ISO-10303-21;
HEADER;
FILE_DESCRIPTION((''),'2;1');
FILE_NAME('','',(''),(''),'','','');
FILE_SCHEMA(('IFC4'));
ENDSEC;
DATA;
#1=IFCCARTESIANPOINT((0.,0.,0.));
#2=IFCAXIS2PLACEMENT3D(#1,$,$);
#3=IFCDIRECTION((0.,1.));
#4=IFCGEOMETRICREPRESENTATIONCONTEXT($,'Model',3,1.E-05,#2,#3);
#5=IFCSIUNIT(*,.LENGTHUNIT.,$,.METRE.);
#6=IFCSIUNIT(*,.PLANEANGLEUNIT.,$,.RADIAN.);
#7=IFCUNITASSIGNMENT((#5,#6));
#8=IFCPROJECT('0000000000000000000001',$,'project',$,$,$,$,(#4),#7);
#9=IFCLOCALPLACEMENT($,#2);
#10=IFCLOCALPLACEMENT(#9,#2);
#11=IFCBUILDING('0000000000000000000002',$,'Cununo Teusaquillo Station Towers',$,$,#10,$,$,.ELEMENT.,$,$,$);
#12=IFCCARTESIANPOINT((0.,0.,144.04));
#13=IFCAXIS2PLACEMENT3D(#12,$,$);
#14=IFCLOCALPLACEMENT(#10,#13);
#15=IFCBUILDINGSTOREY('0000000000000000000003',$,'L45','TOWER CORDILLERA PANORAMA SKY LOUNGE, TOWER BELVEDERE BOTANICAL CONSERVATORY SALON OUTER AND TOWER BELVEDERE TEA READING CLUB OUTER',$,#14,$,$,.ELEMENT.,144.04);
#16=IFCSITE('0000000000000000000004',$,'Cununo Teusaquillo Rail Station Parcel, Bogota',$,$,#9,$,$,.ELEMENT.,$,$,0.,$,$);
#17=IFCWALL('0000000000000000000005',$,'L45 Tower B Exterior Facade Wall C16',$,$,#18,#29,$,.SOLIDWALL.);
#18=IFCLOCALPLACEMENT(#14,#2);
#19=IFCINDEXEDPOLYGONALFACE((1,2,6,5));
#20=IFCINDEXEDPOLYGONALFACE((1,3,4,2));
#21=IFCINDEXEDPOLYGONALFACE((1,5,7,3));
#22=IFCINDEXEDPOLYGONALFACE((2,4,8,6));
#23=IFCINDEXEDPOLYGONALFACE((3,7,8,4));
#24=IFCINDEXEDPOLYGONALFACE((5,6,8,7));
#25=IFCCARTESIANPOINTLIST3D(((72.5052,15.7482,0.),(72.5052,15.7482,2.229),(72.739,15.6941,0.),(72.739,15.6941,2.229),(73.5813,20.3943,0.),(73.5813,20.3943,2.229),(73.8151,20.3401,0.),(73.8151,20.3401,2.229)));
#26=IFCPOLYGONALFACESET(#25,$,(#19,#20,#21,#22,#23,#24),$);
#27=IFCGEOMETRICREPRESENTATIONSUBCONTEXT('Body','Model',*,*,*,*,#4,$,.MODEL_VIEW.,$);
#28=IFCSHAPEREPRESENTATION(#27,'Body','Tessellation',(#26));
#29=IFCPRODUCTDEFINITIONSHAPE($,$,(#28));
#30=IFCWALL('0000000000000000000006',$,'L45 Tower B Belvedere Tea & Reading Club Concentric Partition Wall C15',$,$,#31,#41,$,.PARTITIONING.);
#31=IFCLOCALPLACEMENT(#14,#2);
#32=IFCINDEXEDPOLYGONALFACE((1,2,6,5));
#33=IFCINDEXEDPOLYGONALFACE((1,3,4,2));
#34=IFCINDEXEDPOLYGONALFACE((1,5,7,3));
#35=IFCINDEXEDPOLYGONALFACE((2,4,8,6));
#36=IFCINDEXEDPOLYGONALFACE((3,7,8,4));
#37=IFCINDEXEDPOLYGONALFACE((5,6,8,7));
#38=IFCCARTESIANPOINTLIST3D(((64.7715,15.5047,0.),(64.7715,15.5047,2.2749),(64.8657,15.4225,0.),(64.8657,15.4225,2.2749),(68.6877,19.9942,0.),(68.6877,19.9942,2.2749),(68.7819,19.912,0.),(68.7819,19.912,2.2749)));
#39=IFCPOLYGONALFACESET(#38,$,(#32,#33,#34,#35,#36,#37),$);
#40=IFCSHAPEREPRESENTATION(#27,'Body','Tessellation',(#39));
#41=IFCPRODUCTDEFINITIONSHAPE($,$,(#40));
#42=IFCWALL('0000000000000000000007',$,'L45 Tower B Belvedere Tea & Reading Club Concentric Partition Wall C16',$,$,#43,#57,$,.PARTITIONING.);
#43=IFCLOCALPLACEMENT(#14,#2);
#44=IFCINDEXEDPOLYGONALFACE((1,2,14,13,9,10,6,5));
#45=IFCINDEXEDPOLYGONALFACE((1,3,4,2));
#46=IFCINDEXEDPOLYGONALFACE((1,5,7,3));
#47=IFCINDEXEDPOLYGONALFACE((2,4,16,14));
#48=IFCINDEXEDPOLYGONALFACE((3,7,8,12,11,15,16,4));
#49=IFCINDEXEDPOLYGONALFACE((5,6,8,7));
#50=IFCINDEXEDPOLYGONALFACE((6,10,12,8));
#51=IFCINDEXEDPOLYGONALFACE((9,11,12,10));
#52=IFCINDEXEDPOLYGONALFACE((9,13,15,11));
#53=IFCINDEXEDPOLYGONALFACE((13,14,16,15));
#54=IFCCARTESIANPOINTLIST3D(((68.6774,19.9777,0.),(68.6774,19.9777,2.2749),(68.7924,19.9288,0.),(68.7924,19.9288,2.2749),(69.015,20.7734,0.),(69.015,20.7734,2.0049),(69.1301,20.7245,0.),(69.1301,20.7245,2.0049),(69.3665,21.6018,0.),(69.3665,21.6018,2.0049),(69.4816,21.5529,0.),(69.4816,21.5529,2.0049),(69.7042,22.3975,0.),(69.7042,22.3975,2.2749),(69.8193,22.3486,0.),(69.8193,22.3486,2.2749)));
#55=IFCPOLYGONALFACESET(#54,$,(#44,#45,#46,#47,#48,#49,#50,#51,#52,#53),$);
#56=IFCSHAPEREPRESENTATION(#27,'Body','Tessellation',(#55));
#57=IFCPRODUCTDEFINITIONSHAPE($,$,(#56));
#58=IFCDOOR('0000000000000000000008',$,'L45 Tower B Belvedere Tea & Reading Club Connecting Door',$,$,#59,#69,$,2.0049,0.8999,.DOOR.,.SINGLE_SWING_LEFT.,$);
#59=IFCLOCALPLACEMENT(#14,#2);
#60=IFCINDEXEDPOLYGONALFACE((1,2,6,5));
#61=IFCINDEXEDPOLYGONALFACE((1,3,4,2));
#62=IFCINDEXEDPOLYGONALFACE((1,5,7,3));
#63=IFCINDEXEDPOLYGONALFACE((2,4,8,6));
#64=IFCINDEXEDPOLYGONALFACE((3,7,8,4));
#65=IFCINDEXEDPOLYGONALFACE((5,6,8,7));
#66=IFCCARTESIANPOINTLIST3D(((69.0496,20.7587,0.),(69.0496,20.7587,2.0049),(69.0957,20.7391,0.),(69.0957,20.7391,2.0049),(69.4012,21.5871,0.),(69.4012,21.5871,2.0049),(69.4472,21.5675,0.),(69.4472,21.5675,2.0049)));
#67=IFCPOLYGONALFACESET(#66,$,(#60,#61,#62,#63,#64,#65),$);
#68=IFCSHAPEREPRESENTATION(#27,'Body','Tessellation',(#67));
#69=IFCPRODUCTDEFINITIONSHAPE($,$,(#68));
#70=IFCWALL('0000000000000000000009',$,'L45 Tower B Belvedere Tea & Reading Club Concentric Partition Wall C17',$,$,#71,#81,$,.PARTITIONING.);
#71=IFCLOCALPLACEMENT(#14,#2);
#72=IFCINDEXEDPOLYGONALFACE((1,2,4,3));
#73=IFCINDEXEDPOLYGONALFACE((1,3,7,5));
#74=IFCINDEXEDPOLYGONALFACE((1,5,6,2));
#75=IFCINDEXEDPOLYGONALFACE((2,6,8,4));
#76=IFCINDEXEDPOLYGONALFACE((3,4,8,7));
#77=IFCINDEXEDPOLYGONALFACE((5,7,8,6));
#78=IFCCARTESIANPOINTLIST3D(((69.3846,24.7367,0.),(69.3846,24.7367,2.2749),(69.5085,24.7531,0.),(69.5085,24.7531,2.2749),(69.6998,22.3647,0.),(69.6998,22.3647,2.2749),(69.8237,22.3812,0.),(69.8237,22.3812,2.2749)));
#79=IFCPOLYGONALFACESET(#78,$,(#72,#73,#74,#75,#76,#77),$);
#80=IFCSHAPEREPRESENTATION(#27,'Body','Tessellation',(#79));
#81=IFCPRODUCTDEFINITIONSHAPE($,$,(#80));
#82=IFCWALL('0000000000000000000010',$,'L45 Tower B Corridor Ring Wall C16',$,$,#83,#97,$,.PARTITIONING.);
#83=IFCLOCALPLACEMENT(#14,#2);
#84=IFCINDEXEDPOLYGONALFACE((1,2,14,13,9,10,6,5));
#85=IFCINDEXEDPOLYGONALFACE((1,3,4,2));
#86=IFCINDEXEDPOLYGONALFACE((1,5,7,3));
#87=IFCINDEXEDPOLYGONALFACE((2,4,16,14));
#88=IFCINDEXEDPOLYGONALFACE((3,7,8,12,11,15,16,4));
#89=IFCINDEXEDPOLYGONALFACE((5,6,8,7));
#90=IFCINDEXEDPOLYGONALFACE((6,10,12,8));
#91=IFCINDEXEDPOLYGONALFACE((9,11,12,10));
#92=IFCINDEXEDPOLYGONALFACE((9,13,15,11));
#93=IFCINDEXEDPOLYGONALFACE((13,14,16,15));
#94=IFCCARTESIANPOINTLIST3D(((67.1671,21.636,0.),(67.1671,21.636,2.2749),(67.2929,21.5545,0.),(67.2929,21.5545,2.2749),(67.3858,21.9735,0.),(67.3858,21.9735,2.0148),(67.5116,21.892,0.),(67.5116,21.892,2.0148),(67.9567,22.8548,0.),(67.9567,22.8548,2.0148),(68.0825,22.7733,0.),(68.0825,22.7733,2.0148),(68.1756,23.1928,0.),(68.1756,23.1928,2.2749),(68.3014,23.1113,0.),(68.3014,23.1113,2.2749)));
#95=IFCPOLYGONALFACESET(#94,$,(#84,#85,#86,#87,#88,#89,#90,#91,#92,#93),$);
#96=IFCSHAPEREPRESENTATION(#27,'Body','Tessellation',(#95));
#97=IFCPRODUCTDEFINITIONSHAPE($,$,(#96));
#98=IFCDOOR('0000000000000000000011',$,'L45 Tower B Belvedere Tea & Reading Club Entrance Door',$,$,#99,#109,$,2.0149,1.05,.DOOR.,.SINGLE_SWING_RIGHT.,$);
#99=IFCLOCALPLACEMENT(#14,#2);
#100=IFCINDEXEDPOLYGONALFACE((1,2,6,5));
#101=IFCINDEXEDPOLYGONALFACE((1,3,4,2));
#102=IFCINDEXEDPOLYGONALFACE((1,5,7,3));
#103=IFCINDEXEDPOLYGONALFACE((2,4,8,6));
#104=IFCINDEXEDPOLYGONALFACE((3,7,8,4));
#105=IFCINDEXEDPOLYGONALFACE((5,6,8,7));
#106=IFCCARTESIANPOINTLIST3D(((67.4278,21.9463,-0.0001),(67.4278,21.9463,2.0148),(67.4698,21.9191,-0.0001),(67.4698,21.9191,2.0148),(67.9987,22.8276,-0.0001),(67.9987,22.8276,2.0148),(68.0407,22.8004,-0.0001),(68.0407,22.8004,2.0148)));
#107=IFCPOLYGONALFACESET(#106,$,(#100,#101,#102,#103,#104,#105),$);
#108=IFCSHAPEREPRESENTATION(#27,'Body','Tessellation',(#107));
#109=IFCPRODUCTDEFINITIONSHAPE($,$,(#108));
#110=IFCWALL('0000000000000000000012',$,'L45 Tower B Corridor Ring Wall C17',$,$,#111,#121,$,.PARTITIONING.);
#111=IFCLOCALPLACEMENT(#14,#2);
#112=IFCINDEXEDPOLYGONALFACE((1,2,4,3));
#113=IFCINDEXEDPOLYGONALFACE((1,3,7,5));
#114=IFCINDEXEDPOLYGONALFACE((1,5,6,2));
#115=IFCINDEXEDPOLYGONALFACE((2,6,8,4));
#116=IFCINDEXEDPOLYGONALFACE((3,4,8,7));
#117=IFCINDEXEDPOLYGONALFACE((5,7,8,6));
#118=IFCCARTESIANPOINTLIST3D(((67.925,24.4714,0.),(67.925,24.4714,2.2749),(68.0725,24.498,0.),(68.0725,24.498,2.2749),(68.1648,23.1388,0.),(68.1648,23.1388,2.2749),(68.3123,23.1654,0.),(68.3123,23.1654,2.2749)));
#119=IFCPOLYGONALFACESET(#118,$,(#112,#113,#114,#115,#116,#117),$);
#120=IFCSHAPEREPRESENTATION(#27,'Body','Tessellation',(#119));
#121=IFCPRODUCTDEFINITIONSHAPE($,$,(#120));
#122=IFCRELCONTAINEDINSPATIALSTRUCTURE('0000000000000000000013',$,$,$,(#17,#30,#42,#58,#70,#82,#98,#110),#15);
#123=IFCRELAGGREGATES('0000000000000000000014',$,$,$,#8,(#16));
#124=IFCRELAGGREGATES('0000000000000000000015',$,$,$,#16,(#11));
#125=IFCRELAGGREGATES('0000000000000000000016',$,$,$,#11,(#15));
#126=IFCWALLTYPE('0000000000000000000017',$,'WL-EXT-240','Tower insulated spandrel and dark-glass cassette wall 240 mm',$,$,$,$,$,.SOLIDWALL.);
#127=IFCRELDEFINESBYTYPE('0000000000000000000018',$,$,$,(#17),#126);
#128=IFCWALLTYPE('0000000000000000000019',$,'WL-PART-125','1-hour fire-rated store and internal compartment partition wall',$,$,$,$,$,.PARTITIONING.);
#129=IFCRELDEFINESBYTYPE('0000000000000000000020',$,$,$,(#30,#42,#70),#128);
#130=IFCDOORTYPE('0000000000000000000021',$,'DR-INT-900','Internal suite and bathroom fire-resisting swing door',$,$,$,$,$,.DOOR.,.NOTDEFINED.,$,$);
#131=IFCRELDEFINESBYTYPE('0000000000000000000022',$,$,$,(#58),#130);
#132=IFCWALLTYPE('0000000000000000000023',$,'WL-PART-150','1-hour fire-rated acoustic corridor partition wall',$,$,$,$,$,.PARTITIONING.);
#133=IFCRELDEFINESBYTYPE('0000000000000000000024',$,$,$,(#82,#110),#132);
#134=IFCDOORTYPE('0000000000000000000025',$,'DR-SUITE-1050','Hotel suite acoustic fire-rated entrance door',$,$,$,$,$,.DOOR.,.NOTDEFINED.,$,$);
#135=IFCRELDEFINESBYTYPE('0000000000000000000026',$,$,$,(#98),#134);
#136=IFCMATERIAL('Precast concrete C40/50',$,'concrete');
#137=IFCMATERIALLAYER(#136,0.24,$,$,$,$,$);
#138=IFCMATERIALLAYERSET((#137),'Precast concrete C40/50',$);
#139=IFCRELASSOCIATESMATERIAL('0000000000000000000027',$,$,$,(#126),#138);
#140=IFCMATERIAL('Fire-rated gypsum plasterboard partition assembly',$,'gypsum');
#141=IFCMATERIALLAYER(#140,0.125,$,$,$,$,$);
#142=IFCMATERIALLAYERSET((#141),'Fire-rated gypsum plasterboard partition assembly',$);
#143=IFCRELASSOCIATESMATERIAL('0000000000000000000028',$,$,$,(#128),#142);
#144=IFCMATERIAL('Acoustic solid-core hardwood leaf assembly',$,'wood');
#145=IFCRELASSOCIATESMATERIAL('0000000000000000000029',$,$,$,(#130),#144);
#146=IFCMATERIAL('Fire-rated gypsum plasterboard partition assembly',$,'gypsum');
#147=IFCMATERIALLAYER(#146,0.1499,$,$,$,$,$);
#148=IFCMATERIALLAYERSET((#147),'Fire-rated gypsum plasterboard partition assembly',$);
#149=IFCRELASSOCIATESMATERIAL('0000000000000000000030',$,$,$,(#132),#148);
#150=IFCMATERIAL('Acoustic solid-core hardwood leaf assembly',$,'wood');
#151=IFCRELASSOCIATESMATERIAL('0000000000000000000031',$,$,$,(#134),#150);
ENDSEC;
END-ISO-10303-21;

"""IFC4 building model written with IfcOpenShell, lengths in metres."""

from ifc_helpers import new_model, si_unit, direction, frame, frame_2d, origin, place, context, subcontext, project, spatial, rectangle, extrude, source, transform, mapped, material, layer, layer_set, type_object, element, fill, save


model = new_model("IFC4")

# Units and contexts
model_context = context("Model", 3, precision=1e-05, world=origin(), true_north=direction((0.0, 1.0)))
body_context = subcontext(model_context, "Body", "Model", "MODEL_VIEW")
ifc_project = project(units=[si_unit("LENGTHUNIT", "METRE"), si_unit("PLANEANGLEUNIT", "RADIAN")], contexts=[model_context])

# Site, building, storey
site_placement = place(None, origin())
site = spatial("IfcSite", under=ifc_project, at=site_placement, Name="Cununo Teusaquillo Rail Station Parcel, Bogota", CompositionType="ELEMENT", RefElevation=0.0)
building_placement = place(site_placement, origin())
building = spatial("IfcBuilding", under=site, at=building_placement, Name="Cununo Teusaquillo Station Towers", CompositionType="ELEMENT")
storey_placement = place(building_placement, frame((0.0, 0.0, 144.04)))
storey = spatial("IfcBuildingStorey", under=building, at=storey_placement, Name="L45", Description="TOWER CORDILLERA PANORAMA SKY LOUNGE, TOWER BELVEDERE BOTANICAL CONSERVATORY SALON OUTER AND TOWER BELVEDERE TEA READING CLUB OUTER", CompositionType="ELEMENT", Elevation=144.04)

# Shared definitions
ifc_material_1 = material(Name="Precast concrete C40/50", Category="concrete")
ifc_layer_1 = layer(ifc_material_1, 0.24)
ifc_layer_set_1 = layer_set([ifc_layer_1], Name="Precast concrete C40/50")
wall_type_1 = type_object("IfcWallType", Name="WL-EXT-240", Description="Tower insulated spandrel and dark-glass cassette wall 240 mm", PredefinedType="SOLIDWALL", material=ifc_layer_set_1)

# Walls
wall_1_placement = place(storey_placement, frame((73.6982, 20.3672, 0.0), z_axis=(0.0, 0.0, 1.0), x_axis=(-0.22566, -0.974206, 0.0)))
element("IfcWall", 1, at=wall_1_placement, inside=storey, type_object=wall_type_1, Name="L45 Tower B Exterior Facade Wall C16", PredefinedType="SOLIDWALL", context=body_context, shape_type="SweptSolid", body=[
    extrude(rectangle(XDim=4.769, YDim=0.24, at=frame_2d((2.3845, 0.0))), origin(), (0.0, 0.0, 1.0), 2.229),
])
ifc_material_2 = material(Name="Fire-rated gypsum plasterboard partition assembly", Category="gypsum")
ifc_layer_2 = layer(ifc_material_2, 0.125)
ifc_layer_set_2 = layer_set([ifc_layer_2], Name="Fire-rated gypsum plasterboard partition assembly")
wall_type_2 = type_object("IfcWallType", Name="WL-PART-125", Description="1-hour fire-rated store and internal compartment partition wall", PredefinedType="PARTITIONING", material=ifc_layer_set_2)
wall_2_placement = place(storey_placement, frame((64.8186, 15.4636, 0.0), z_axis=(0.0, 0.0, 1.0), x_axis=(0.657358, 0.753579, 0.0)))
element("IfcWall", 2, at=wall_2_placement, inside=storey, type_object=wall_type_2, Name="L45 Tower B Belvedere Tea & Reading Club Concentric Partition Wall C15", PredefinedType="PARTITIONING", context=body_context, shape_type="SweptSolid", body=[
    extrude(rectangle(XDim=5.9575, YDim=0.125, at=frame_2d((2.9788, 0.0))), origin(), (0.0, 0.0, 1.0), 2.2749),
])

# Wall, opening, door
wall_3_placement = place(storey_placement, frame((68.7349, 19.9531, 0.0), z_axis=(0.0, 0.0, 1.0), x_axis=(0.390621, 0.920551, 0.0)))
wall_3 = element("IfcWall", 3, at=wall_3_placement, inside=storey, type_object=wall_type_2, Name="L45 Tower B Belvedere Tea & Reading Club Concentric Partition Wall C16", PredefinedType="PARTITIONING", context=body_context, shape_type="SweptSolid", body=[
    extrude(rectangle(XDim=2.6287, YDim=0.125, at=frame_2d((1.3145, 0.0))), origin(), (0.0, 0.0, 1.0), 2.2749),
])
shared_shape_1 = source(origin(), body_context, "Body", "SweptSolid", [
    extrude(rectangle(XDim=0.8999, YDim=2.0049, at=frame_2d((0.45, 1.0024))), frame((0.0, 0.0725, 0.0), z_axis=(0.0, -1.0, 0.0), x_axis=(1.0, 0.0, 0.0)), (0.0, 0.0, 1.0), 0.145),
])
opening_1_placement = place(wall_3_placement, frame((0.8645, 0.0, 0.0)))
opening_1 = element("IfcOpeningElement", 4, at=opening_1_placement, cuts=wall_3, PredefinedType="OPENING", context=body_context, shape_type="MappedRepresentation", body=[
    mapped(shared_shape_1, transform((0.0, 0.0, 0.0), x_axis=(1.0, 0.0, 0.0), y_axis=(0.0, 1.0, 0.0), z_axis=(0.0, 0.0, 1.0), scale=1.0)),
])
ifc_material_3 = material(Name="Acoustic solid-core hardwood leaf assembly", Category="wood")
door_type_1 = type_object("IfcDoorType", Name="DR-INT-900", Description="Internal suite and bathroom fire-resisting swing door", OperationType="NOTDEFINED", PredefinedType="DOOR", material=ifc_material_3)
shared_shape_2 = source(origin(), body_context, "Body", "SweptSolid", [
    extrude(rectangle(XDim=0.8999, YDim=2.0049, at=frame_2d((0.45, 1.0024))), frame((0.0, 0.0249, 0.0), z_axis=(0.0, -1.0, 0.0), x_axis=(1.0, 0.0, 0.0)), (0.0, 0.0, 1.0), 0.05),
])
door_1_placement = place(opening_1_placement, origin())
door_1 = element("IfcDoor", 5, at=door_1_placement, inside=storey, type_object=door_type_1, Name="L45 Tower B Belvedere Tea & Reading Club Connecting Door", OperationType="SINGLE_SWING_LEFT", OverallHeight=2.0049, OverallWidth=0.8999, PredefinedType="DOOR", context=body_context, shape_type="MappedRepresentation", body=[
    mapped(shared_shape_2, transform((0.0, 0.0, 0.0), x_axis=(1.0, 0.0, 0.0), y_axis=(0.0, 1.0, 0.0), z_axis=(0.0, 0.0, 1.0), scale=1.0)),
])
fill(opening_1, door_1)

# Wall
wall_4_placement = place(storey_placement, frame((69.7617, 22.373, 0.0), z_axis=(0.0, 0.0, 1.0), x_axis=(-0.131716, 0.991288, 0.0)))
element("IfcWall", 6, at=wall_4_placement, inside=storey, type_object=wall_type_2, Name="L45 Tower B Belvedere Tea & Reading Club Concentric Partition Wall C17", PredefinedType="PARTITIONING", context=body_context, shape_type="SweptSolid", body=[
    extrude(rectangle(XDim=2.3928, YDim=0.125, at=frame_2d((1.1963, 0.0))), origin(), (0.0, 0.0, 1.0), 2.2749),
])

# Wall, opening, door
ifc_material_4 = material(Name="Fire-rated gypsum plasterboard partition assembly", Category="gypsum")
ifc_layer_3 = layer(ifc_material_4, 0.1499)
ifc_layer_set_3 = layer_set([ifc_layer_3], Name="Fire-rated gypsum plasterboard partition assembly")
wall_type_3 = type_object("IfcWallType", Name="WL-PART-150", Description="1-hour fire-rated acoustic corridor partition wall", PredefinedType="PARTITIONING", material=ifc_layer_set_3)
wall_5_placement = place(storey_placement, frame((67.23, 21.5952, 0.0), z_axis=(0.0, 0.0, 1.0), x_axis=(0.543688, 0.839288, 0.0)))
wall_5 = element("IfcWall", 7, at=wall_5_placement, inside=storey, type_object=wall_type_3, Name="L45 Tower B Corridor Ring Wall C16", PredefinedType="PARTITIONING", context=body_context, shape_type="SweptSolid", body=[
    extrude(rectangle(XDim=1.855, YDim=0.1499, at=frame_2d((0.9275, 0.0))), origin(), (0.0, 0.0, 1.0), 2.2749),
])
shared_shape_3 = source(origin(), body_context, "Body", "SweptSolid", [
    extrude(rectangle(XDim=1.05, YDim=2.0149, at=frame_2d((0.5249, 1.0073))), frame((0.0, 0.085, 0.0), z_axis=(0.0, -1.0, 0.0), x_axis=(1.0, 0.0, 0.0)), (0.0, 0.0, 1.0), 0.1699),
])
opening_2_placement = place(wall_5_placement, frame((0.4023, 0.0, 0.0)))
opening_2 = element("IfcOpeningElement", 8, at=opening_2_placement, cuts=wall_5, PredefinedType="OPENING", context=body_context, shape_type="MappedRepresentation", body=[
    mapped(shared_shape_3, transform((0.0, 0.0, 0.0), x_axis=(1.0, 0.0, 0.0), y_axis=(0.0, 1.0, 0.0), z_axis=(0.0, 0.0, 1.0), scale=1.0)),
])
ifc_material_5 = material(Name="Acoustic solid-core hardwood leaf assembly", Category="wood")
door_type_2 = type_object("IfcDoorType", Name="DR-SUITE-1050", Description="Hotel suite acoustic fire-rated entrance door", OperationType="NOTDEFINED", PredefinedType="DOOR", material=ifc_material_5)
shared_shape_4 = source(origin(), body_context, "Body", "SweptSolid", [
    extrude(rectangle(XDim=1.05, YDim=2.0149, at=frame_2d((0.5249, 1.0073))), frame((0.0, 0.0249, 0.0), z_axis=(0.0, -1.0, 0.0), x_axis=(1.0, 0.0, 0.0)), (0.0, 0.0, 1.0), 0.05),
])
door_2_placement = place(opening_2_placement, origin())
door_2 = element("IfcDoor", 9, at=door_2_placement, inside=storey, type_object=door_type_2, Name="L45 Tower B Belvedere Tea & Reading Club Entrance Door", OperationType="SINGLE_SWING_RIGHT", OverallHeight=2.0149, OverallWidth=1.05, PredefinedType="DOOR", context=body_context, shape_type="MappedRepresentation", body=[
    mapped(shared_shape_4, transform((0.0, 0.0, 0.0), x_axis=(1.0, 0.0, 0.0), y_axis=(0.0, 1.0, 0.0), z_axis=(0.0, 0.0, 1.0), scale=1.0)),
])
fill(opening_2, door_2)

# Wall
wall_6_placement = place(storey_placement, frame((68.2385, 23.1521, 0.0), z_axis=(0.0, 0.0, 1.0), x_axis=(-0.177076, 0.984197, 0.0)))
element("IfcWall", 10, at=wall_6_placement, inside=storey, type_object=wall_type_3, Name="L45 Tower B Corridor Ring Wall C17", PredefinedType="PARTITIONING", context=body_context, shape_type="SweptSolid", body=[
    extrude(rectangle(XDim=1.354, YDim=0.1499, at=frame_2d((0.677, 0.0))), origin(), (0.0, 0.0, 1.0), 2.2749),
])

save(model, "model.ifc")
